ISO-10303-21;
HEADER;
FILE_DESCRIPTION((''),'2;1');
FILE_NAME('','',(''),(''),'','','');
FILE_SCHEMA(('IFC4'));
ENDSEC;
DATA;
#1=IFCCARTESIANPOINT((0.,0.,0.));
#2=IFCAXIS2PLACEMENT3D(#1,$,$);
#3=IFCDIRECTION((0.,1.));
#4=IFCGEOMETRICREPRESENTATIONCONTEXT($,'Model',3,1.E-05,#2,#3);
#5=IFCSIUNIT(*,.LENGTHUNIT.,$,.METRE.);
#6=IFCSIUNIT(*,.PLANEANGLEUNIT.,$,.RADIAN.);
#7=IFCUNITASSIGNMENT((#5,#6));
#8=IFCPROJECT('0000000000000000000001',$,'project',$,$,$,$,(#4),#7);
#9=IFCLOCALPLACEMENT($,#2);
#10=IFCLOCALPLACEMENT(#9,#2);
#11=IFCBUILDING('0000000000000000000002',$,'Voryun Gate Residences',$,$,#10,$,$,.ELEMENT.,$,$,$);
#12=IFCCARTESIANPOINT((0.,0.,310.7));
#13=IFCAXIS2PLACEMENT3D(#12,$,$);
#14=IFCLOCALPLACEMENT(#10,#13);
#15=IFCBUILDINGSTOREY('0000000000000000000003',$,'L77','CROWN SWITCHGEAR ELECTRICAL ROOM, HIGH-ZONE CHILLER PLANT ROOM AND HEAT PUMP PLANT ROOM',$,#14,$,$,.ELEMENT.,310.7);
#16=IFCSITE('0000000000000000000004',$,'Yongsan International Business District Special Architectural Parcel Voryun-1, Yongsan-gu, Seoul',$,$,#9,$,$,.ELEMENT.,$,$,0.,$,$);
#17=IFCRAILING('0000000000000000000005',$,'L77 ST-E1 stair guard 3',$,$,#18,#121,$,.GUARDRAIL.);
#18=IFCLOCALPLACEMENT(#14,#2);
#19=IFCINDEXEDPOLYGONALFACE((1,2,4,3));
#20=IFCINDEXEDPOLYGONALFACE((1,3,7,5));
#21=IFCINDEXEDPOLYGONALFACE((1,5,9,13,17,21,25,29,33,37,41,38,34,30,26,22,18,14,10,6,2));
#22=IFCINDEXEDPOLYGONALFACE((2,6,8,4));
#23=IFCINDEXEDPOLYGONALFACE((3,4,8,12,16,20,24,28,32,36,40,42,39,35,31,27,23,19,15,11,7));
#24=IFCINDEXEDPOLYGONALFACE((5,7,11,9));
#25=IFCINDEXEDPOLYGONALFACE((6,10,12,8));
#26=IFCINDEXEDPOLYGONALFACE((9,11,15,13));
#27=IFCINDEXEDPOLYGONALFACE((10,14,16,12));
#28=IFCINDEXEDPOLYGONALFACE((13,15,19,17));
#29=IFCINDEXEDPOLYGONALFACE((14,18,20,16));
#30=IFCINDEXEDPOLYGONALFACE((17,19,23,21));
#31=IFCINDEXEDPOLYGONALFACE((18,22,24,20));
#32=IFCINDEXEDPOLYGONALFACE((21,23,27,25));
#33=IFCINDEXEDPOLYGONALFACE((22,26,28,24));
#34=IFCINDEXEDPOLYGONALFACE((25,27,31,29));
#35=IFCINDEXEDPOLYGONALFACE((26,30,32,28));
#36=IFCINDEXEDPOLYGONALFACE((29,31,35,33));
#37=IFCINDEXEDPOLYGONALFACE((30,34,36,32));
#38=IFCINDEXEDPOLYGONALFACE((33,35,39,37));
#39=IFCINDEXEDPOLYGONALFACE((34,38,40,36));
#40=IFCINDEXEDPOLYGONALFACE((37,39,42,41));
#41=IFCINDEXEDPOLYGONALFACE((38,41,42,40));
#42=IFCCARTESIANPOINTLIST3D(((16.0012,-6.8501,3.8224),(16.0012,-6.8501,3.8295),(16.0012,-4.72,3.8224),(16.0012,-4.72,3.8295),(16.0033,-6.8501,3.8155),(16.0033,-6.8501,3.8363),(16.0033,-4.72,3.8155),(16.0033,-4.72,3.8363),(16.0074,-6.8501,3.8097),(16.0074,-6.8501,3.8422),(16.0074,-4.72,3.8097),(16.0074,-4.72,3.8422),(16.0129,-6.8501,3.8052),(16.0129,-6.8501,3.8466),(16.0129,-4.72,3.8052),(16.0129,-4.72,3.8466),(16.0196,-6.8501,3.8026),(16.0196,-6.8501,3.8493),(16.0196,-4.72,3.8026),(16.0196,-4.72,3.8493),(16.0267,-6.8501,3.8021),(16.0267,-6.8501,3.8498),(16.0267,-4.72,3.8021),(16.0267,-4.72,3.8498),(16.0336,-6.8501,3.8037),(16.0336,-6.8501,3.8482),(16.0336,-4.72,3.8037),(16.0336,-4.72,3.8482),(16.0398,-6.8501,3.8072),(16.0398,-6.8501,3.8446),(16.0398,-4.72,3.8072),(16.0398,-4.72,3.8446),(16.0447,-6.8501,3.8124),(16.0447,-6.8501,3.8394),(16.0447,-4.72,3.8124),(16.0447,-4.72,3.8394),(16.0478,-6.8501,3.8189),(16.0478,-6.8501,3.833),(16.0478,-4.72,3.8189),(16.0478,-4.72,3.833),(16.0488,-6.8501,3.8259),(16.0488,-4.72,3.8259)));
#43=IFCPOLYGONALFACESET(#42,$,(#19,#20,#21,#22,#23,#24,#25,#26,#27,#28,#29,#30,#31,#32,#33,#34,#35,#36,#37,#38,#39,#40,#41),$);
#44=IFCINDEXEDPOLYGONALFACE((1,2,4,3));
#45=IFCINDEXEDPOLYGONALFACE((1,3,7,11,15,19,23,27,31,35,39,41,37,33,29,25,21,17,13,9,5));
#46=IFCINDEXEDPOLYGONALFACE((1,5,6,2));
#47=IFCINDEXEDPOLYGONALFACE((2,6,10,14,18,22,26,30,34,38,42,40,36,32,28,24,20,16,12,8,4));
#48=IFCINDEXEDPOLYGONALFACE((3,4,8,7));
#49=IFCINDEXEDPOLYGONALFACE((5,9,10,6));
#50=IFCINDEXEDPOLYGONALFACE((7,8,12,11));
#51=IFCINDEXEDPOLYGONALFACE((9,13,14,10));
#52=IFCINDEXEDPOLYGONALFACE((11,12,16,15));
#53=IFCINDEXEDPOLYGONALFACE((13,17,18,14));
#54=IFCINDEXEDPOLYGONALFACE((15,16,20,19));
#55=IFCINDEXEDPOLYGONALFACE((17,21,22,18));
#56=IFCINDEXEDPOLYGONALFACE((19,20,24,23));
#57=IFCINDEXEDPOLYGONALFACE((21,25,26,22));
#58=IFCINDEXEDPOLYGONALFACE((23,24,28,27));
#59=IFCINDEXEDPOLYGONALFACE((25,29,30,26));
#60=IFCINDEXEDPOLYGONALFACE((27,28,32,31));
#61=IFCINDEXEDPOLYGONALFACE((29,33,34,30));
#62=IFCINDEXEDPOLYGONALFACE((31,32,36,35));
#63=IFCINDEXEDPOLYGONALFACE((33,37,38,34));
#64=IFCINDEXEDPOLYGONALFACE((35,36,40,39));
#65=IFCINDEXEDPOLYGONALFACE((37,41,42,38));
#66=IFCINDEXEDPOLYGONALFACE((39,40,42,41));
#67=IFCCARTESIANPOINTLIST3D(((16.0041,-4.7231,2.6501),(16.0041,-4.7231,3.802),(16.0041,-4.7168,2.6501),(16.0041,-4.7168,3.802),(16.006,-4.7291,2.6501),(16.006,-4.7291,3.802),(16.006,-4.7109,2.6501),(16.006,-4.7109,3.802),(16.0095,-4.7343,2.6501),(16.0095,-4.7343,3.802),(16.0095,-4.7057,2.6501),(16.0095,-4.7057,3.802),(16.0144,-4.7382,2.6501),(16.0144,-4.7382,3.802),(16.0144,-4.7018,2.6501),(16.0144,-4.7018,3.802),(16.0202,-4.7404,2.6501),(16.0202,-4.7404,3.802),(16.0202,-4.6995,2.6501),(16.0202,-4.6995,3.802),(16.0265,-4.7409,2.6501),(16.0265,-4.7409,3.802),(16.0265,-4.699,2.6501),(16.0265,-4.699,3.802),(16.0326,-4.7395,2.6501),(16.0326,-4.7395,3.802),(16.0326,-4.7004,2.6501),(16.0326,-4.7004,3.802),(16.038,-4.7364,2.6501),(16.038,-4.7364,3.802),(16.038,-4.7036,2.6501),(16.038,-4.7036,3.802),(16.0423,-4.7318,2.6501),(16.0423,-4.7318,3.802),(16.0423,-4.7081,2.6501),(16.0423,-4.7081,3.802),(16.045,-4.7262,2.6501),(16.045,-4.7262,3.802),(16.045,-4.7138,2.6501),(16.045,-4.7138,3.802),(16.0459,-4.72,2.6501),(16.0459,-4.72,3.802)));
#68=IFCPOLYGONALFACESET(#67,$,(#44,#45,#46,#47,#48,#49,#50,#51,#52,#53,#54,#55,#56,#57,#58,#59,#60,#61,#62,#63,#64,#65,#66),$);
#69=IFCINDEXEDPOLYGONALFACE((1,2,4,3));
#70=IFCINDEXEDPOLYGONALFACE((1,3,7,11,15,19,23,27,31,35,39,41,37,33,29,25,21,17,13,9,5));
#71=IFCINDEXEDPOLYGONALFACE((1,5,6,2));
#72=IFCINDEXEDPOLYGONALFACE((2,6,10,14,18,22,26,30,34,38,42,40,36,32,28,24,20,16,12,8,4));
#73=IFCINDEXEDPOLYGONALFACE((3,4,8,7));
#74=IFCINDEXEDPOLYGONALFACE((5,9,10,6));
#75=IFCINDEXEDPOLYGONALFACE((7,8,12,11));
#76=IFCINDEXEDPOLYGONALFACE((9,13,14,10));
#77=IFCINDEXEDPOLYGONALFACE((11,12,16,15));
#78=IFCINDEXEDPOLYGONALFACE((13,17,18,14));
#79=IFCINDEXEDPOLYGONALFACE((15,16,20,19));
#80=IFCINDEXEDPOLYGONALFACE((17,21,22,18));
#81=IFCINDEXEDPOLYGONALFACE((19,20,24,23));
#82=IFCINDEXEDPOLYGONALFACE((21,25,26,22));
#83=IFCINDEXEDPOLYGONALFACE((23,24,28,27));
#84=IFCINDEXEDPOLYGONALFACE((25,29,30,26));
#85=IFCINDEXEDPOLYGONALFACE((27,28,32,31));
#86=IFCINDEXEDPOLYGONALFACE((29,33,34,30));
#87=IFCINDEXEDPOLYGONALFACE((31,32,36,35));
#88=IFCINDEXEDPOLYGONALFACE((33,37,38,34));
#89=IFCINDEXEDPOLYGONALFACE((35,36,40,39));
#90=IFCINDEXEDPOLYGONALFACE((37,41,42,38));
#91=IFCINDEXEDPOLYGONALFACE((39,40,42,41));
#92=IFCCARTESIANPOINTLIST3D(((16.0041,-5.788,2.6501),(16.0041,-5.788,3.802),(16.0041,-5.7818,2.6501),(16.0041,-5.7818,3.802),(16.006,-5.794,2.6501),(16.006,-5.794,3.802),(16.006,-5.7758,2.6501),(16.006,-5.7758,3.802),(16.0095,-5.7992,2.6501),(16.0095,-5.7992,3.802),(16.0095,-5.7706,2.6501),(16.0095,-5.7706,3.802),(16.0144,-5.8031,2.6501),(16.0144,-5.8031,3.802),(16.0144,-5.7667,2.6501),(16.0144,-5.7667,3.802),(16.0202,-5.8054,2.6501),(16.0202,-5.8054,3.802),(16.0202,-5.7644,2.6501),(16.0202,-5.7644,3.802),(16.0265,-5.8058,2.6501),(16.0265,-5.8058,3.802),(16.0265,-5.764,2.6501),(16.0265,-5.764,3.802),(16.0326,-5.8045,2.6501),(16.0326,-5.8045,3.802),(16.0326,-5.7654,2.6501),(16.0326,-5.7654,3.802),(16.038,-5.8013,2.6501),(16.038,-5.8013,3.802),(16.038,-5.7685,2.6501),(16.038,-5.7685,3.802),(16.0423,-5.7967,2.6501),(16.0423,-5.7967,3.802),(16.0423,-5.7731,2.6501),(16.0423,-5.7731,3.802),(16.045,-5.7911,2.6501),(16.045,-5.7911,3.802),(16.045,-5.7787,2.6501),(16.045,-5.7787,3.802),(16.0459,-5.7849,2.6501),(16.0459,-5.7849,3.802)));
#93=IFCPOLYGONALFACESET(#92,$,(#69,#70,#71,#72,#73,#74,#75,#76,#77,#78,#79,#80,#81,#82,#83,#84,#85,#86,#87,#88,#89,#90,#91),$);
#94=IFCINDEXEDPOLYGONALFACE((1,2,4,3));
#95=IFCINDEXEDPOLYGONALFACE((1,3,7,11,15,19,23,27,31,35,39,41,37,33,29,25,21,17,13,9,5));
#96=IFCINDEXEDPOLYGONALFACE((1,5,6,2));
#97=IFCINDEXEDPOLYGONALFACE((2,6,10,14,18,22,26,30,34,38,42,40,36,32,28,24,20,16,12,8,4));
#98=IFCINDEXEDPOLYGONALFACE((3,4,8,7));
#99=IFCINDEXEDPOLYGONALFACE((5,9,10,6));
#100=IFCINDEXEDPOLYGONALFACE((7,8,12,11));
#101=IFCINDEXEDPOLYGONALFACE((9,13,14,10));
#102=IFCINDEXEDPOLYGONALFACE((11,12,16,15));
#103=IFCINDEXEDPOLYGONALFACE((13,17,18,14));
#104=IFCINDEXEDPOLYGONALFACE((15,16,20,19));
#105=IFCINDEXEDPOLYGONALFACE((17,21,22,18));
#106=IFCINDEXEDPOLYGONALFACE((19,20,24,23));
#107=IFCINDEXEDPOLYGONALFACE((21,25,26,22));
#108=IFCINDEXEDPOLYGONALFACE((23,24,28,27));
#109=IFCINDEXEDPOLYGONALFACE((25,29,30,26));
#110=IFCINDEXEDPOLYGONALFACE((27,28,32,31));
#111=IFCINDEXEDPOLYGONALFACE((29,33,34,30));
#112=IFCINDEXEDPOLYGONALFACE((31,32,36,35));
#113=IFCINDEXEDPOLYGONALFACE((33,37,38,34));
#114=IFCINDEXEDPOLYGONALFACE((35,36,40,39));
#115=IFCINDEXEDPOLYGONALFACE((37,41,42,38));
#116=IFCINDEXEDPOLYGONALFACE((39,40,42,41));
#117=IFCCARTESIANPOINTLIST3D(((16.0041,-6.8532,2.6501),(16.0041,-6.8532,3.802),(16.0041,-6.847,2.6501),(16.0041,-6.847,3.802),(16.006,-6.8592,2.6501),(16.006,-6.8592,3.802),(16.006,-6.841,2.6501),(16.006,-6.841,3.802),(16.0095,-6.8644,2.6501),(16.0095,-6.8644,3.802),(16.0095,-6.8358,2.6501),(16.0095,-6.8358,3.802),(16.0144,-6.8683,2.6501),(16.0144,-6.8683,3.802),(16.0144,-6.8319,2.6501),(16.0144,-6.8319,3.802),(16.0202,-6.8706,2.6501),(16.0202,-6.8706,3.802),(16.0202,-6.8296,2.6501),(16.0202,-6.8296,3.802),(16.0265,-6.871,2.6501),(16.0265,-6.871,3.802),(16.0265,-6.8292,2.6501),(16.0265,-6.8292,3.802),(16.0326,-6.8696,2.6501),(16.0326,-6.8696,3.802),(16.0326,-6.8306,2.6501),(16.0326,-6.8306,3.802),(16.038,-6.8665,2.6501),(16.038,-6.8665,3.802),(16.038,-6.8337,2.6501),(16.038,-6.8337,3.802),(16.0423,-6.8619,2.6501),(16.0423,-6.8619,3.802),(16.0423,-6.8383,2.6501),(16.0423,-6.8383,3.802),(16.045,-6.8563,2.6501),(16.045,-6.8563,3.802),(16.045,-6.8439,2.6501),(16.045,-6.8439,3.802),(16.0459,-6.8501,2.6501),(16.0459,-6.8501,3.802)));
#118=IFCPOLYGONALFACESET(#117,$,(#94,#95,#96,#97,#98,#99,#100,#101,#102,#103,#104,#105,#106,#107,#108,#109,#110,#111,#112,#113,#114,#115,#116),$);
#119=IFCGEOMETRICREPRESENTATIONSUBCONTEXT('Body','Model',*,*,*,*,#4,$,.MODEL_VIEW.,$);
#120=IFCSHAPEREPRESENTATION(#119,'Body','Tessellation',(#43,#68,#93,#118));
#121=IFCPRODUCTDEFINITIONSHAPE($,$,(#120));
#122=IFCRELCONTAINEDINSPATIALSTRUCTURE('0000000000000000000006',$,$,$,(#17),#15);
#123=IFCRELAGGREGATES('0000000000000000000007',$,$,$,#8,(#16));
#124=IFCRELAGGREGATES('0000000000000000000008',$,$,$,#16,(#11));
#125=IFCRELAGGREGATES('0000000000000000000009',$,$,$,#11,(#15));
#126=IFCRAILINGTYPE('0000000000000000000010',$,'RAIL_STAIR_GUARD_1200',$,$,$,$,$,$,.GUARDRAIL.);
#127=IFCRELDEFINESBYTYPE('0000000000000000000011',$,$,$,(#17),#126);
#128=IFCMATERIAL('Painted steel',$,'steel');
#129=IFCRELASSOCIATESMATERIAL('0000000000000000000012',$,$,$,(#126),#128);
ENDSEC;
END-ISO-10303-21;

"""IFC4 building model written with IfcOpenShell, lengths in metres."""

from ifc_helpers import new_model, si_unit, direction, frame, origin, origin_2d, place, context, subcontext, project, spatial, circle, extrude, material, type_object, element, save


model = new_model("IFC4")

# Units and contexts
model_context = context("Model", 3, precision=1e-05, world=origin(), true_north=direction((0.0, 1.0)))
body_context = subcontext(model_context, "Body", "Model", "MODEL_VIEW")
ifc_project = project(units=[si_unit("LENGTHUNIT", "METRE"), si_unit("PLANEANGLEUNIT", "RADIAN")], contexts=[model_context])

# Site, building, storey
site_placement = place(None, origin())
site = spatial("IfcSite", under=ifc_project, at=site_placement, Name="Yongsan International Business District Special Architectural Parcel Voryun-1, Yongsan-gu, Seoul", CompositionType="ELEMENT", RefElevation=0.0)
building_placement = place(site_placement, origin())
building = spatial("IfcBuilding", under=site, at=building_placement, Name="Voryun Gate Residences", CompositionType="ELEMENT")
storey_placement = place(building_placement, frame((0.0, 0.0, 310.7)))
storey = spatial("IfcBuildingStorey", under=building, at=storey_placement, Name="L77", Description="CROWN SWITCHGEAR ELECTRICAL ROOM, HIGH-ZONE CHILLER PLANT ROOM AND HEAT PUMP PLANT ROOM", CompositionType="ELEMENT", Elevation=310.7)

# Railing
ifc_material_1 = material(Name="Painted steel", Category="steel")
railing_type_1 = type_object("IfcRailingType", Name="RAIL_STAIR_GUARD_1200", PredefinedType="GUARDRAIL", material=ifc_material_1)
railing_1_placement = place(storey_placement, frame((16.0249, -4.72, 2.6501)))
element("IfcRailing", 1, at=railing_1_placement, inside=storey, type_object=railing_type_1, Name="L77 ST-E1 stair guard 3", PredefinedType="GUARDRAIL", context=body_context, shape_type="SweptSolid", body=[
    extrude(circle(Radius=0.0239, at=origin_2d()), frame((0.0, 0.0, 1.1758), z_axis=(0.0, -1.0, 0.0), x_axis=(1.0, 0.0, 0.0)), (0.0, 0.0, 1.0), 2.1301),
    extrude(circle(Radius=0.021, at=origin_2d()), origin(), (0.0, 0.0, 1.0), 1.1519),
    extrude(circle(Radius=0.021, at=origin_2d()), frame((0.0, -1.0649, 0.0)), (0.0, 0.0, 1.0), 1.1519),
    extrude(circle(Radius=0.021, at=origin_2d()), frame((0.0, -2.1301, 0.0)), (0.0, 0.0, 1.0), 1.1519),
])

save(model, "model.ifc")
